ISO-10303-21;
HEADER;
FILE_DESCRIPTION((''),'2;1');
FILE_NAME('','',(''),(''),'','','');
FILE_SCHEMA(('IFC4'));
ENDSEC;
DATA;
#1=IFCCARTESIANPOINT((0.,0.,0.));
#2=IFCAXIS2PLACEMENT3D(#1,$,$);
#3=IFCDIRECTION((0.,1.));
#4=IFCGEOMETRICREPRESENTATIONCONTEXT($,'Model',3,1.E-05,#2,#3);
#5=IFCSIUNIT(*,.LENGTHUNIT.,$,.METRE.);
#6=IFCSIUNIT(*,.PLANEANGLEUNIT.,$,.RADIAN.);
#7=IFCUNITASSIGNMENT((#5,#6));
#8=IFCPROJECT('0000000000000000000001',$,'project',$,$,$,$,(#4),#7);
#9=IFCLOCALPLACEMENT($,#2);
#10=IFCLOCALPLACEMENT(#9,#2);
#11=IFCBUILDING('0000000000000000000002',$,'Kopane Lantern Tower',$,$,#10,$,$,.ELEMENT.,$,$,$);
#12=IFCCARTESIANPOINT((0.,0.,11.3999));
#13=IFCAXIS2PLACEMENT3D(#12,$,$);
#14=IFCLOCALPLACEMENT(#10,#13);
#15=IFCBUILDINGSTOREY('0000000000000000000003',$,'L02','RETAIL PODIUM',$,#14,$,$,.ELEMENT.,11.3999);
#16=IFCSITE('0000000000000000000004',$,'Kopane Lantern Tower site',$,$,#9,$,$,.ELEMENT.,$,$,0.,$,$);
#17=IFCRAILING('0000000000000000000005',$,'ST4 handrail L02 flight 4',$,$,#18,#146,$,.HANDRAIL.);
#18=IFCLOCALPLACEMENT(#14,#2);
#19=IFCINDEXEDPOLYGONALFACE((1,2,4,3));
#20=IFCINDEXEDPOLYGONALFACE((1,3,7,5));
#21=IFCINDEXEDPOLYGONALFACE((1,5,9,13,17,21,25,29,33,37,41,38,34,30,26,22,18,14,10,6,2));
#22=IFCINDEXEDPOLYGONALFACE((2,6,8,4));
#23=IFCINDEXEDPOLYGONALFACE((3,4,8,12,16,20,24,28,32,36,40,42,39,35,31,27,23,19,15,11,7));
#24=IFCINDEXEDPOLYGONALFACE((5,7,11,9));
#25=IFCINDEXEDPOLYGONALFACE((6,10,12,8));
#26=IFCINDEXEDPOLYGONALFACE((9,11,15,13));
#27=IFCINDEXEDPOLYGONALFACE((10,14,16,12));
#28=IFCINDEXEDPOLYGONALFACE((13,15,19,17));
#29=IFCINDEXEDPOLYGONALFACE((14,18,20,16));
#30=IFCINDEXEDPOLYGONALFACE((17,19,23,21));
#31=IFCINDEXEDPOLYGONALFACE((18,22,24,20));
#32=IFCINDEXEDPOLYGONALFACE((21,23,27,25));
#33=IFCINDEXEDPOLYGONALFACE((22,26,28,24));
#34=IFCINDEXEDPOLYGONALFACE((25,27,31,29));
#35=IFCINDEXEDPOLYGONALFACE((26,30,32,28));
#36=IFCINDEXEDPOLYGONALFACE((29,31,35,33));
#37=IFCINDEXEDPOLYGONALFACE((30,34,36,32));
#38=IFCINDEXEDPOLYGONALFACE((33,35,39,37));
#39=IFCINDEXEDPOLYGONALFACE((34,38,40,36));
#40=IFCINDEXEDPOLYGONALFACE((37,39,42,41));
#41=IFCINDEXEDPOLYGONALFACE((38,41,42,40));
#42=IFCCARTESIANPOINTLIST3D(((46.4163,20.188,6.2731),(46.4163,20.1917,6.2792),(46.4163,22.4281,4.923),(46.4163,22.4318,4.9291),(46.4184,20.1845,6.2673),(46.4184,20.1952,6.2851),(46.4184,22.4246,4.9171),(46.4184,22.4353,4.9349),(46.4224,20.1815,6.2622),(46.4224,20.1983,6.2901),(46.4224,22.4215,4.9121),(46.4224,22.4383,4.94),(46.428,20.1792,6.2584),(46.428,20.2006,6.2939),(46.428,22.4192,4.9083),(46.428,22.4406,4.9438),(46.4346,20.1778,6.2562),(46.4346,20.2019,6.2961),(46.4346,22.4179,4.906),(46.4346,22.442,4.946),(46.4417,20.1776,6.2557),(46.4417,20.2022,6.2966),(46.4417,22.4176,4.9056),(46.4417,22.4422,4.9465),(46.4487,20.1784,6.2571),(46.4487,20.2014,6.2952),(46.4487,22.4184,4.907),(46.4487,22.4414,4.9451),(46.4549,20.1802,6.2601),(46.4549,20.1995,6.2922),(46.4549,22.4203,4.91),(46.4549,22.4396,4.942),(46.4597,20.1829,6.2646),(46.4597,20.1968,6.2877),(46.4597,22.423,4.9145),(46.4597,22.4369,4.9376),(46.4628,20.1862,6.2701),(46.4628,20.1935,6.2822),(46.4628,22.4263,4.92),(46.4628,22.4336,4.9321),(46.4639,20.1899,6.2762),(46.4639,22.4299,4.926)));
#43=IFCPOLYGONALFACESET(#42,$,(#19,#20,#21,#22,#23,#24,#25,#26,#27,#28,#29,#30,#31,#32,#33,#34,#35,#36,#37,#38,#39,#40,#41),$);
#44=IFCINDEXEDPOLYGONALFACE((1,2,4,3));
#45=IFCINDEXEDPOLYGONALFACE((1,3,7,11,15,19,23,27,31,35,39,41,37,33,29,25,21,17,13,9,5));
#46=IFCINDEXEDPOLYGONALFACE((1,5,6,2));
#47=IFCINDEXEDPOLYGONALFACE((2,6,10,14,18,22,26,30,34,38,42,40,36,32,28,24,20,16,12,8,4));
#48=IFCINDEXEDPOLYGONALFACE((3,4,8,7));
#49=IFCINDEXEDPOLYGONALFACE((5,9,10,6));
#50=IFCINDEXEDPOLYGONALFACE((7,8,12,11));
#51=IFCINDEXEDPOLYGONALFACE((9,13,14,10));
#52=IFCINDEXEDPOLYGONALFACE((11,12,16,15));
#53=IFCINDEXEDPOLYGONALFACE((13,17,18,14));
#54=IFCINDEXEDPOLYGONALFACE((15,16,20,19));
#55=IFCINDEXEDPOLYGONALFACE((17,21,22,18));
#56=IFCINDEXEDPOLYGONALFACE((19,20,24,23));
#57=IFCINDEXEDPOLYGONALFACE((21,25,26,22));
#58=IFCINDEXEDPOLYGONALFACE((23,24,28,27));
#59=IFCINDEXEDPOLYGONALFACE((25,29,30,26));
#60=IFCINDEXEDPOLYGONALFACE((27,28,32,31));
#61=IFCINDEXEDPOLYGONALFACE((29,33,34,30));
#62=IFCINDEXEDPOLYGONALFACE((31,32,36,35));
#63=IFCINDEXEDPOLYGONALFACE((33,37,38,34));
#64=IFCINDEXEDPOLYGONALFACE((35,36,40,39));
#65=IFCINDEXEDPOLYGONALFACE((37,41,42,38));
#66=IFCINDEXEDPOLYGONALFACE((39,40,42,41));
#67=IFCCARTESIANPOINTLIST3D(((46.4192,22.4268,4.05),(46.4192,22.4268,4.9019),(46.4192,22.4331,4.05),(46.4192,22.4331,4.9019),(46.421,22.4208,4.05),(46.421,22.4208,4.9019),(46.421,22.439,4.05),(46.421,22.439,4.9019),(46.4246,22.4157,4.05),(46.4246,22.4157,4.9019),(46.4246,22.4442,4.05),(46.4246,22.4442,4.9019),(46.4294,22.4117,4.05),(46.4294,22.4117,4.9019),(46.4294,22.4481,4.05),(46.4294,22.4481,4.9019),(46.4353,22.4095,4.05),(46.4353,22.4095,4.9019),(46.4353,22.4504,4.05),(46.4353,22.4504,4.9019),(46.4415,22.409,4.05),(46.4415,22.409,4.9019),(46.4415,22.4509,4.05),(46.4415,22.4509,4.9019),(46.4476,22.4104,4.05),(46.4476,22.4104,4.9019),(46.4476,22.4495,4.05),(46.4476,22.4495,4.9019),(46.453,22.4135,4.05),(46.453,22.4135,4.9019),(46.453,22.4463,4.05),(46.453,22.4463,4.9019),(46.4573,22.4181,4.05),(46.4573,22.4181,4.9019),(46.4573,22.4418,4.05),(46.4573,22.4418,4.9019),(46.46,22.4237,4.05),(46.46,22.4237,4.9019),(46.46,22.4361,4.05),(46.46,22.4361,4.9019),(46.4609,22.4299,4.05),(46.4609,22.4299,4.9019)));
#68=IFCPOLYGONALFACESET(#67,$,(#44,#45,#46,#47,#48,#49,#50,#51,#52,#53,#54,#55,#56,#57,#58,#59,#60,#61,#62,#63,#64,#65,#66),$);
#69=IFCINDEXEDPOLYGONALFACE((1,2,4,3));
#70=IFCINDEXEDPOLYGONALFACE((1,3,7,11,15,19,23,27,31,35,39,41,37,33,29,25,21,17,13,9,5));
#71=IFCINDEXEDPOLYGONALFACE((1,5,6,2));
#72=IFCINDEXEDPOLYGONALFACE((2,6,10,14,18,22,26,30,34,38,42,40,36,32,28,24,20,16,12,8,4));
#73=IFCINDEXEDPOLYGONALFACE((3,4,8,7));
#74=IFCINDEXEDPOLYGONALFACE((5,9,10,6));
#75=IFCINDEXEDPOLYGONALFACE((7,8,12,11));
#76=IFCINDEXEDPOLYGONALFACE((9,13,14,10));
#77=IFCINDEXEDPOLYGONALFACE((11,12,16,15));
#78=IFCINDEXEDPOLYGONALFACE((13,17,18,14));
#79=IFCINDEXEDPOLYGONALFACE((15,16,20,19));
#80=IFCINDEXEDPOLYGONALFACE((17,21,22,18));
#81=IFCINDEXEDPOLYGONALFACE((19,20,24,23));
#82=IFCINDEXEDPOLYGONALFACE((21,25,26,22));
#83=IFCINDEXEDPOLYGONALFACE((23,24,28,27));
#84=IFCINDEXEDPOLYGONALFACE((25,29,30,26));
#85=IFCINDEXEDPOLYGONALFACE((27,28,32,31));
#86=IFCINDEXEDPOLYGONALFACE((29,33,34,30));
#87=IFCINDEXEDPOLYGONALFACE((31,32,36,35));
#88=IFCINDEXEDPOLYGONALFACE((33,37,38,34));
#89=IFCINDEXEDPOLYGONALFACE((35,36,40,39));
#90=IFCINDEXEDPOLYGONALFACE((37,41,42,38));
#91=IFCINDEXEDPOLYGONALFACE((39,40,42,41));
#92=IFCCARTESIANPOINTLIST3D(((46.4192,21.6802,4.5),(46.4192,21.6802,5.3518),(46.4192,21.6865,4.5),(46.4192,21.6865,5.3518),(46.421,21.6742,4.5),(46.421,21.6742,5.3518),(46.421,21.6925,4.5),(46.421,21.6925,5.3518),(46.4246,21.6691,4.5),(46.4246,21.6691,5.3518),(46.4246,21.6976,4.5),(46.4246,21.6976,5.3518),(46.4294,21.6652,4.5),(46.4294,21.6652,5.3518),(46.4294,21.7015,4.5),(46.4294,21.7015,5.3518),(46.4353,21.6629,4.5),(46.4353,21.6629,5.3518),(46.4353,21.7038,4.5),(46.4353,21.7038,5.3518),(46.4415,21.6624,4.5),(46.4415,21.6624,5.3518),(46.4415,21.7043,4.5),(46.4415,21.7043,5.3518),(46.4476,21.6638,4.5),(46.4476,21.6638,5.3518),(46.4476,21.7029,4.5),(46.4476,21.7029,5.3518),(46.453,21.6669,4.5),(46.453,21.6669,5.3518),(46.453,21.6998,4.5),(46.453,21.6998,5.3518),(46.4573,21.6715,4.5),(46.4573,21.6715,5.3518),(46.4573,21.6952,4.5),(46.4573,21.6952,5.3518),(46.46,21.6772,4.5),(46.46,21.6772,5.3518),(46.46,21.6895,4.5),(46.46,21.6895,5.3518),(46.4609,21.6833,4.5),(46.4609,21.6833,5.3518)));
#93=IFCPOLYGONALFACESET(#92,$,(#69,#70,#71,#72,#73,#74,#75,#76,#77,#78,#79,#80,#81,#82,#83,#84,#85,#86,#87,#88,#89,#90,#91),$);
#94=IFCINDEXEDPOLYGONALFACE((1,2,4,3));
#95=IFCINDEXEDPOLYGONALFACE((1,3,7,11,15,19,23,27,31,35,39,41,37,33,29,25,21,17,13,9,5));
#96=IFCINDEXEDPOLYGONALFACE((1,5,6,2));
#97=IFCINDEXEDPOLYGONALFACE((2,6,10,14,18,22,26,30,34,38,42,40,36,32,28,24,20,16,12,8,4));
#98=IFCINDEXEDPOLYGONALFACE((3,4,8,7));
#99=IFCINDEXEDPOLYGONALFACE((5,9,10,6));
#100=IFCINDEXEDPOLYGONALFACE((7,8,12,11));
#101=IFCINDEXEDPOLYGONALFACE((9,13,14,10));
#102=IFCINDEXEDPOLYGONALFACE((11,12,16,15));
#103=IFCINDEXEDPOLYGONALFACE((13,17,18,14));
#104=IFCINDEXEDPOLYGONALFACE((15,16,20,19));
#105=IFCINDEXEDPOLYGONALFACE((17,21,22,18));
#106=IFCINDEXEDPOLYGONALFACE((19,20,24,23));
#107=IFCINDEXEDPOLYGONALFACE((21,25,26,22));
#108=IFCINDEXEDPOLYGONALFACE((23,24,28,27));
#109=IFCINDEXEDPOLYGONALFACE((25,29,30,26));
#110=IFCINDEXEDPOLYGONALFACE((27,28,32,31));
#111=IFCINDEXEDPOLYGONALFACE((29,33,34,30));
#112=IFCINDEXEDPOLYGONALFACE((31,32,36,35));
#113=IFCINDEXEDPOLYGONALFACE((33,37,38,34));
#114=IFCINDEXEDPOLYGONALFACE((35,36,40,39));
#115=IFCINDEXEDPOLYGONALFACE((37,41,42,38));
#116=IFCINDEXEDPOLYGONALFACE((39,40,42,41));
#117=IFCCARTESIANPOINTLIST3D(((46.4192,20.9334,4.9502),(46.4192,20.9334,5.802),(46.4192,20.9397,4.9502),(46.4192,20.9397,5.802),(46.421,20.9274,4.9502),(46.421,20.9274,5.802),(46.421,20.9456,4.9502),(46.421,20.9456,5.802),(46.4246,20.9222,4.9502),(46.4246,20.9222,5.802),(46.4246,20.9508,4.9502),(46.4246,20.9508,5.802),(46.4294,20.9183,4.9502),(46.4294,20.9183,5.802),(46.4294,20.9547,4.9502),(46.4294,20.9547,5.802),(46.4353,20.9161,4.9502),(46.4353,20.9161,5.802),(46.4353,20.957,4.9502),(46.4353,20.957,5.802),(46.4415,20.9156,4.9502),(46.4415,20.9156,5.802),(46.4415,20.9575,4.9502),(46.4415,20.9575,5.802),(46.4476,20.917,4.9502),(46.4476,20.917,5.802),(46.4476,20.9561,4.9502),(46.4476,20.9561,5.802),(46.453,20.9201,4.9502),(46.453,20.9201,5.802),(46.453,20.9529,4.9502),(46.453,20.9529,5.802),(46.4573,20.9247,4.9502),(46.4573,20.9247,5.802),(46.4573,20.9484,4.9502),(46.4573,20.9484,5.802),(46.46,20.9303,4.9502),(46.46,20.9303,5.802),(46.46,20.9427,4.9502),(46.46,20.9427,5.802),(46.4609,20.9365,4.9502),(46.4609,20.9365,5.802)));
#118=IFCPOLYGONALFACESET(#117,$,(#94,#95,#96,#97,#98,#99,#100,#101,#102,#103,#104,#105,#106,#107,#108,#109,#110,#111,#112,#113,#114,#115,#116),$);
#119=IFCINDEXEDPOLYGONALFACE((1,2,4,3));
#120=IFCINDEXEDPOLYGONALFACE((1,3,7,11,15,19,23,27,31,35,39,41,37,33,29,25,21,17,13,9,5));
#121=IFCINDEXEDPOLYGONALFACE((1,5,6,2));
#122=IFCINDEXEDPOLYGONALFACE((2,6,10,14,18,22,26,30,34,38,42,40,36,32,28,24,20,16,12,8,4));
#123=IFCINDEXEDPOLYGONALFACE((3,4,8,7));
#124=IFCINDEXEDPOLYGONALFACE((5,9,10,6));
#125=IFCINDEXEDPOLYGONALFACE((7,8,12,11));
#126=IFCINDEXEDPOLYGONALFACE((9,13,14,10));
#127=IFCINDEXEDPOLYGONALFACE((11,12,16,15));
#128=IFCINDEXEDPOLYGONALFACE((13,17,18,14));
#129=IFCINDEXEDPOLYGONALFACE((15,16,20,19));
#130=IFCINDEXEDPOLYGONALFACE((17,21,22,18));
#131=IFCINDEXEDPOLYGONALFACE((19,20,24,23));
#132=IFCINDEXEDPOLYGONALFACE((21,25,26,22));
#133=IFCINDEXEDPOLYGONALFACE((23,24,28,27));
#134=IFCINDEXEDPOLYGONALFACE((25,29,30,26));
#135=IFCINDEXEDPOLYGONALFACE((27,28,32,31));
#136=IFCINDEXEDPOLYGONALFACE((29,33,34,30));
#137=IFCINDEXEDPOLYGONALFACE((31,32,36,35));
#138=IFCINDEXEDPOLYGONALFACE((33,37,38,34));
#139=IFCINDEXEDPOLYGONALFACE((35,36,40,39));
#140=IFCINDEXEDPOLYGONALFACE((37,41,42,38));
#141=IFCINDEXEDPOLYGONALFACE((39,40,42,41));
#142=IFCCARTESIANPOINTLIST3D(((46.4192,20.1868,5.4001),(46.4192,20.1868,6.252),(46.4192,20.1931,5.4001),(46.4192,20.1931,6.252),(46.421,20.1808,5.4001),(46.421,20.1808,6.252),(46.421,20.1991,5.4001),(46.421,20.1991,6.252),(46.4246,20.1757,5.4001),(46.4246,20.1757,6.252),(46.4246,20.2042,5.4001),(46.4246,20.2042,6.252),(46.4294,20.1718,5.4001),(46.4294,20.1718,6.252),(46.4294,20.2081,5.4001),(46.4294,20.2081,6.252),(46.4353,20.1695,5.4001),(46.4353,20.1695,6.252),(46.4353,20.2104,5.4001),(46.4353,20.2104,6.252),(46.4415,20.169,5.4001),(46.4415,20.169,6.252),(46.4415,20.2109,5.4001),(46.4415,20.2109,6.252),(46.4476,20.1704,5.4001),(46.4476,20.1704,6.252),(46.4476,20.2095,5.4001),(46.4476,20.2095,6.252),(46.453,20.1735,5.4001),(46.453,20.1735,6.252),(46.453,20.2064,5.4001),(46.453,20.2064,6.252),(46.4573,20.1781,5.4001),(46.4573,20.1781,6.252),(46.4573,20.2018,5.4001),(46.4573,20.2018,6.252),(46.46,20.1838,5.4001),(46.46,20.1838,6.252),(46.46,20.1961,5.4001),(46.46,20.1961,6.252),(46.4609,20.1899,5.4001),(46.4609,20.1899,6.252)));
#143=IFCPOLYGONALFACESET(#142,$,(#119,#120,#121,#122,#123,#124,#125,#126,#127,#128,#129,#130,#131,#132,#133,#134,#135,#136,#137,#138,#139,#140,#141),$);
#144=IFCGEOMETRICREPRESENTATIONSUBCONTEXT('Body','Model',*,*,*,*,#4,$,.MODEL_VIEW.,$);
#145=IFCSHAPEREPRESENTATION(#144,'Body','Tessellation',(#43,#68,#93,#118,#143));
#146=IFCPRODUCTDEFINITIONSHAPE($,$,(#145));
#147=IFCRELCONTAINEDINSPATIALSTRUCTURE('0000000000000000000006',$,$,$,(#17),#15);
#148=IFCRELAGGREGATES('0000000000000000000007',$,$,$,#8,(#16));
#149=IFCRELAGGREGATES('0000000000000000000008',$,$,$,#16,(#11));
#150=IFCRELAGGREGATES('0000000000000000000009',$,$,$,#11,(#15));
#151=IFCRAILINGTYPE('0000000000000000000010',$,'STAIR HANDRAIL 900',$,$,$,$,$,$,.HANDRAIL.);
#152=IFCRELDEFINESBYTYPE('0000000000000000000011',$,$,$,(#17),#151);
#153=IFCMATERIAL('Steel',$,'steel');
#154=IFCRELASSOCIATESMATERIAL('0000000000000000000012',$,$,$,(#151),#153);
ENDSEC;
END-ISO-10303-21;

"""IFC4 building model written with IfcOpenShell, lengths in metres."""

from ifc_helpers import new_model, si_unit, direction, frame, origin, origin_2d, place, context, subcontext, project, spatial, circle, extrude, material, type_object, element, save


model = new_model("IFC4")

# Units and contexts
model_context = context("Model", 3, precision=1e-05, world=origin(), true_north=direction((0.0, 1.0)))
body_context = subcontext(model_context, "Body", "Model", "MODEL_VIEW")
ifc_project = project(units=[si_unit("LENGTHUNIT", "METRE"), si_unit("PLANEANGLEUNIT", "RADIAN")], contexts=[model_context])

# Site, building, storey
site_placement = place(None, origin())
site = spatial("IfcSite", under=ifc_project, at=site_placement, Name="Kopane Lantern Tower site", CompositionType="ELEMENT", RefElevation=0.0)
building_placement = place(site_placement, origin())
building = spatial("IfcBuilding", under=site, at=building_placement, Name="Kopane Lantern Tower", CompositionType="ELEMENT")
storey_placement = place(building_placement, frame((0.0, 0.0, 11.3999)))
storey = spatial("IfcBuildingStorey", under=building, at=storey_placement, Name="L02", Description="RETAIL PODIUM", CompositionType="ELEMENT", Elevation=11.3999)

# Railing
ifc_material_1 = material(Name="Steel", Category="steel")
railing_type_1 = type_object("IfcRailingType", Name="STAIR HANDRAIL 900", PredefinedType="HANDRAIL", material=ifc_material_1)
for number, where, name in (
    (1, (46.4399, 22.4299, 4.05), "ST4 handrail L02 flight 4"),
):
    element("IfcRailing", number, at=place(storey_placement, frame(where)), inside=storey, type_object=railing_type_1, Name=name, PredefinedType="HANDRAIL", context=body_context, shape_type="SweptSolid", body=[
        extrude(circle(Radius=0.0239, at=origin_2d()), frame((0.0, 0.0, 0.876), z_axis=(0.0, -0.856462, 0.516211), x_axis=(1.0, 0.0, 0.0)), (0.0, 0.0, 1.0), 2.6155),
        extrude(circle(Radius=0.021, at=origin_2d()), origin(), (0.0, 0.0, 1.0), 0.8518),
        extrude(circle(Radius=0.021, at=origin_2d()), frame((0.0, -0.7466, 0.45)), (0.0, 0.0, 1.0), 0.8518),
        extrude(circle(Radius=0.021, at=origin_2d()), frame((0.0, -1.4934, 0.9001)), (0.0, 0.0, 1.0), 0.8518),
        extrude(circle(Radius=0.021, at=origin_2d()), frame((0.0, -2.24, 1.3501)), (0.0, 0.0, 1.0), 0.8518),
    ])

save(model, "model.ifc")
